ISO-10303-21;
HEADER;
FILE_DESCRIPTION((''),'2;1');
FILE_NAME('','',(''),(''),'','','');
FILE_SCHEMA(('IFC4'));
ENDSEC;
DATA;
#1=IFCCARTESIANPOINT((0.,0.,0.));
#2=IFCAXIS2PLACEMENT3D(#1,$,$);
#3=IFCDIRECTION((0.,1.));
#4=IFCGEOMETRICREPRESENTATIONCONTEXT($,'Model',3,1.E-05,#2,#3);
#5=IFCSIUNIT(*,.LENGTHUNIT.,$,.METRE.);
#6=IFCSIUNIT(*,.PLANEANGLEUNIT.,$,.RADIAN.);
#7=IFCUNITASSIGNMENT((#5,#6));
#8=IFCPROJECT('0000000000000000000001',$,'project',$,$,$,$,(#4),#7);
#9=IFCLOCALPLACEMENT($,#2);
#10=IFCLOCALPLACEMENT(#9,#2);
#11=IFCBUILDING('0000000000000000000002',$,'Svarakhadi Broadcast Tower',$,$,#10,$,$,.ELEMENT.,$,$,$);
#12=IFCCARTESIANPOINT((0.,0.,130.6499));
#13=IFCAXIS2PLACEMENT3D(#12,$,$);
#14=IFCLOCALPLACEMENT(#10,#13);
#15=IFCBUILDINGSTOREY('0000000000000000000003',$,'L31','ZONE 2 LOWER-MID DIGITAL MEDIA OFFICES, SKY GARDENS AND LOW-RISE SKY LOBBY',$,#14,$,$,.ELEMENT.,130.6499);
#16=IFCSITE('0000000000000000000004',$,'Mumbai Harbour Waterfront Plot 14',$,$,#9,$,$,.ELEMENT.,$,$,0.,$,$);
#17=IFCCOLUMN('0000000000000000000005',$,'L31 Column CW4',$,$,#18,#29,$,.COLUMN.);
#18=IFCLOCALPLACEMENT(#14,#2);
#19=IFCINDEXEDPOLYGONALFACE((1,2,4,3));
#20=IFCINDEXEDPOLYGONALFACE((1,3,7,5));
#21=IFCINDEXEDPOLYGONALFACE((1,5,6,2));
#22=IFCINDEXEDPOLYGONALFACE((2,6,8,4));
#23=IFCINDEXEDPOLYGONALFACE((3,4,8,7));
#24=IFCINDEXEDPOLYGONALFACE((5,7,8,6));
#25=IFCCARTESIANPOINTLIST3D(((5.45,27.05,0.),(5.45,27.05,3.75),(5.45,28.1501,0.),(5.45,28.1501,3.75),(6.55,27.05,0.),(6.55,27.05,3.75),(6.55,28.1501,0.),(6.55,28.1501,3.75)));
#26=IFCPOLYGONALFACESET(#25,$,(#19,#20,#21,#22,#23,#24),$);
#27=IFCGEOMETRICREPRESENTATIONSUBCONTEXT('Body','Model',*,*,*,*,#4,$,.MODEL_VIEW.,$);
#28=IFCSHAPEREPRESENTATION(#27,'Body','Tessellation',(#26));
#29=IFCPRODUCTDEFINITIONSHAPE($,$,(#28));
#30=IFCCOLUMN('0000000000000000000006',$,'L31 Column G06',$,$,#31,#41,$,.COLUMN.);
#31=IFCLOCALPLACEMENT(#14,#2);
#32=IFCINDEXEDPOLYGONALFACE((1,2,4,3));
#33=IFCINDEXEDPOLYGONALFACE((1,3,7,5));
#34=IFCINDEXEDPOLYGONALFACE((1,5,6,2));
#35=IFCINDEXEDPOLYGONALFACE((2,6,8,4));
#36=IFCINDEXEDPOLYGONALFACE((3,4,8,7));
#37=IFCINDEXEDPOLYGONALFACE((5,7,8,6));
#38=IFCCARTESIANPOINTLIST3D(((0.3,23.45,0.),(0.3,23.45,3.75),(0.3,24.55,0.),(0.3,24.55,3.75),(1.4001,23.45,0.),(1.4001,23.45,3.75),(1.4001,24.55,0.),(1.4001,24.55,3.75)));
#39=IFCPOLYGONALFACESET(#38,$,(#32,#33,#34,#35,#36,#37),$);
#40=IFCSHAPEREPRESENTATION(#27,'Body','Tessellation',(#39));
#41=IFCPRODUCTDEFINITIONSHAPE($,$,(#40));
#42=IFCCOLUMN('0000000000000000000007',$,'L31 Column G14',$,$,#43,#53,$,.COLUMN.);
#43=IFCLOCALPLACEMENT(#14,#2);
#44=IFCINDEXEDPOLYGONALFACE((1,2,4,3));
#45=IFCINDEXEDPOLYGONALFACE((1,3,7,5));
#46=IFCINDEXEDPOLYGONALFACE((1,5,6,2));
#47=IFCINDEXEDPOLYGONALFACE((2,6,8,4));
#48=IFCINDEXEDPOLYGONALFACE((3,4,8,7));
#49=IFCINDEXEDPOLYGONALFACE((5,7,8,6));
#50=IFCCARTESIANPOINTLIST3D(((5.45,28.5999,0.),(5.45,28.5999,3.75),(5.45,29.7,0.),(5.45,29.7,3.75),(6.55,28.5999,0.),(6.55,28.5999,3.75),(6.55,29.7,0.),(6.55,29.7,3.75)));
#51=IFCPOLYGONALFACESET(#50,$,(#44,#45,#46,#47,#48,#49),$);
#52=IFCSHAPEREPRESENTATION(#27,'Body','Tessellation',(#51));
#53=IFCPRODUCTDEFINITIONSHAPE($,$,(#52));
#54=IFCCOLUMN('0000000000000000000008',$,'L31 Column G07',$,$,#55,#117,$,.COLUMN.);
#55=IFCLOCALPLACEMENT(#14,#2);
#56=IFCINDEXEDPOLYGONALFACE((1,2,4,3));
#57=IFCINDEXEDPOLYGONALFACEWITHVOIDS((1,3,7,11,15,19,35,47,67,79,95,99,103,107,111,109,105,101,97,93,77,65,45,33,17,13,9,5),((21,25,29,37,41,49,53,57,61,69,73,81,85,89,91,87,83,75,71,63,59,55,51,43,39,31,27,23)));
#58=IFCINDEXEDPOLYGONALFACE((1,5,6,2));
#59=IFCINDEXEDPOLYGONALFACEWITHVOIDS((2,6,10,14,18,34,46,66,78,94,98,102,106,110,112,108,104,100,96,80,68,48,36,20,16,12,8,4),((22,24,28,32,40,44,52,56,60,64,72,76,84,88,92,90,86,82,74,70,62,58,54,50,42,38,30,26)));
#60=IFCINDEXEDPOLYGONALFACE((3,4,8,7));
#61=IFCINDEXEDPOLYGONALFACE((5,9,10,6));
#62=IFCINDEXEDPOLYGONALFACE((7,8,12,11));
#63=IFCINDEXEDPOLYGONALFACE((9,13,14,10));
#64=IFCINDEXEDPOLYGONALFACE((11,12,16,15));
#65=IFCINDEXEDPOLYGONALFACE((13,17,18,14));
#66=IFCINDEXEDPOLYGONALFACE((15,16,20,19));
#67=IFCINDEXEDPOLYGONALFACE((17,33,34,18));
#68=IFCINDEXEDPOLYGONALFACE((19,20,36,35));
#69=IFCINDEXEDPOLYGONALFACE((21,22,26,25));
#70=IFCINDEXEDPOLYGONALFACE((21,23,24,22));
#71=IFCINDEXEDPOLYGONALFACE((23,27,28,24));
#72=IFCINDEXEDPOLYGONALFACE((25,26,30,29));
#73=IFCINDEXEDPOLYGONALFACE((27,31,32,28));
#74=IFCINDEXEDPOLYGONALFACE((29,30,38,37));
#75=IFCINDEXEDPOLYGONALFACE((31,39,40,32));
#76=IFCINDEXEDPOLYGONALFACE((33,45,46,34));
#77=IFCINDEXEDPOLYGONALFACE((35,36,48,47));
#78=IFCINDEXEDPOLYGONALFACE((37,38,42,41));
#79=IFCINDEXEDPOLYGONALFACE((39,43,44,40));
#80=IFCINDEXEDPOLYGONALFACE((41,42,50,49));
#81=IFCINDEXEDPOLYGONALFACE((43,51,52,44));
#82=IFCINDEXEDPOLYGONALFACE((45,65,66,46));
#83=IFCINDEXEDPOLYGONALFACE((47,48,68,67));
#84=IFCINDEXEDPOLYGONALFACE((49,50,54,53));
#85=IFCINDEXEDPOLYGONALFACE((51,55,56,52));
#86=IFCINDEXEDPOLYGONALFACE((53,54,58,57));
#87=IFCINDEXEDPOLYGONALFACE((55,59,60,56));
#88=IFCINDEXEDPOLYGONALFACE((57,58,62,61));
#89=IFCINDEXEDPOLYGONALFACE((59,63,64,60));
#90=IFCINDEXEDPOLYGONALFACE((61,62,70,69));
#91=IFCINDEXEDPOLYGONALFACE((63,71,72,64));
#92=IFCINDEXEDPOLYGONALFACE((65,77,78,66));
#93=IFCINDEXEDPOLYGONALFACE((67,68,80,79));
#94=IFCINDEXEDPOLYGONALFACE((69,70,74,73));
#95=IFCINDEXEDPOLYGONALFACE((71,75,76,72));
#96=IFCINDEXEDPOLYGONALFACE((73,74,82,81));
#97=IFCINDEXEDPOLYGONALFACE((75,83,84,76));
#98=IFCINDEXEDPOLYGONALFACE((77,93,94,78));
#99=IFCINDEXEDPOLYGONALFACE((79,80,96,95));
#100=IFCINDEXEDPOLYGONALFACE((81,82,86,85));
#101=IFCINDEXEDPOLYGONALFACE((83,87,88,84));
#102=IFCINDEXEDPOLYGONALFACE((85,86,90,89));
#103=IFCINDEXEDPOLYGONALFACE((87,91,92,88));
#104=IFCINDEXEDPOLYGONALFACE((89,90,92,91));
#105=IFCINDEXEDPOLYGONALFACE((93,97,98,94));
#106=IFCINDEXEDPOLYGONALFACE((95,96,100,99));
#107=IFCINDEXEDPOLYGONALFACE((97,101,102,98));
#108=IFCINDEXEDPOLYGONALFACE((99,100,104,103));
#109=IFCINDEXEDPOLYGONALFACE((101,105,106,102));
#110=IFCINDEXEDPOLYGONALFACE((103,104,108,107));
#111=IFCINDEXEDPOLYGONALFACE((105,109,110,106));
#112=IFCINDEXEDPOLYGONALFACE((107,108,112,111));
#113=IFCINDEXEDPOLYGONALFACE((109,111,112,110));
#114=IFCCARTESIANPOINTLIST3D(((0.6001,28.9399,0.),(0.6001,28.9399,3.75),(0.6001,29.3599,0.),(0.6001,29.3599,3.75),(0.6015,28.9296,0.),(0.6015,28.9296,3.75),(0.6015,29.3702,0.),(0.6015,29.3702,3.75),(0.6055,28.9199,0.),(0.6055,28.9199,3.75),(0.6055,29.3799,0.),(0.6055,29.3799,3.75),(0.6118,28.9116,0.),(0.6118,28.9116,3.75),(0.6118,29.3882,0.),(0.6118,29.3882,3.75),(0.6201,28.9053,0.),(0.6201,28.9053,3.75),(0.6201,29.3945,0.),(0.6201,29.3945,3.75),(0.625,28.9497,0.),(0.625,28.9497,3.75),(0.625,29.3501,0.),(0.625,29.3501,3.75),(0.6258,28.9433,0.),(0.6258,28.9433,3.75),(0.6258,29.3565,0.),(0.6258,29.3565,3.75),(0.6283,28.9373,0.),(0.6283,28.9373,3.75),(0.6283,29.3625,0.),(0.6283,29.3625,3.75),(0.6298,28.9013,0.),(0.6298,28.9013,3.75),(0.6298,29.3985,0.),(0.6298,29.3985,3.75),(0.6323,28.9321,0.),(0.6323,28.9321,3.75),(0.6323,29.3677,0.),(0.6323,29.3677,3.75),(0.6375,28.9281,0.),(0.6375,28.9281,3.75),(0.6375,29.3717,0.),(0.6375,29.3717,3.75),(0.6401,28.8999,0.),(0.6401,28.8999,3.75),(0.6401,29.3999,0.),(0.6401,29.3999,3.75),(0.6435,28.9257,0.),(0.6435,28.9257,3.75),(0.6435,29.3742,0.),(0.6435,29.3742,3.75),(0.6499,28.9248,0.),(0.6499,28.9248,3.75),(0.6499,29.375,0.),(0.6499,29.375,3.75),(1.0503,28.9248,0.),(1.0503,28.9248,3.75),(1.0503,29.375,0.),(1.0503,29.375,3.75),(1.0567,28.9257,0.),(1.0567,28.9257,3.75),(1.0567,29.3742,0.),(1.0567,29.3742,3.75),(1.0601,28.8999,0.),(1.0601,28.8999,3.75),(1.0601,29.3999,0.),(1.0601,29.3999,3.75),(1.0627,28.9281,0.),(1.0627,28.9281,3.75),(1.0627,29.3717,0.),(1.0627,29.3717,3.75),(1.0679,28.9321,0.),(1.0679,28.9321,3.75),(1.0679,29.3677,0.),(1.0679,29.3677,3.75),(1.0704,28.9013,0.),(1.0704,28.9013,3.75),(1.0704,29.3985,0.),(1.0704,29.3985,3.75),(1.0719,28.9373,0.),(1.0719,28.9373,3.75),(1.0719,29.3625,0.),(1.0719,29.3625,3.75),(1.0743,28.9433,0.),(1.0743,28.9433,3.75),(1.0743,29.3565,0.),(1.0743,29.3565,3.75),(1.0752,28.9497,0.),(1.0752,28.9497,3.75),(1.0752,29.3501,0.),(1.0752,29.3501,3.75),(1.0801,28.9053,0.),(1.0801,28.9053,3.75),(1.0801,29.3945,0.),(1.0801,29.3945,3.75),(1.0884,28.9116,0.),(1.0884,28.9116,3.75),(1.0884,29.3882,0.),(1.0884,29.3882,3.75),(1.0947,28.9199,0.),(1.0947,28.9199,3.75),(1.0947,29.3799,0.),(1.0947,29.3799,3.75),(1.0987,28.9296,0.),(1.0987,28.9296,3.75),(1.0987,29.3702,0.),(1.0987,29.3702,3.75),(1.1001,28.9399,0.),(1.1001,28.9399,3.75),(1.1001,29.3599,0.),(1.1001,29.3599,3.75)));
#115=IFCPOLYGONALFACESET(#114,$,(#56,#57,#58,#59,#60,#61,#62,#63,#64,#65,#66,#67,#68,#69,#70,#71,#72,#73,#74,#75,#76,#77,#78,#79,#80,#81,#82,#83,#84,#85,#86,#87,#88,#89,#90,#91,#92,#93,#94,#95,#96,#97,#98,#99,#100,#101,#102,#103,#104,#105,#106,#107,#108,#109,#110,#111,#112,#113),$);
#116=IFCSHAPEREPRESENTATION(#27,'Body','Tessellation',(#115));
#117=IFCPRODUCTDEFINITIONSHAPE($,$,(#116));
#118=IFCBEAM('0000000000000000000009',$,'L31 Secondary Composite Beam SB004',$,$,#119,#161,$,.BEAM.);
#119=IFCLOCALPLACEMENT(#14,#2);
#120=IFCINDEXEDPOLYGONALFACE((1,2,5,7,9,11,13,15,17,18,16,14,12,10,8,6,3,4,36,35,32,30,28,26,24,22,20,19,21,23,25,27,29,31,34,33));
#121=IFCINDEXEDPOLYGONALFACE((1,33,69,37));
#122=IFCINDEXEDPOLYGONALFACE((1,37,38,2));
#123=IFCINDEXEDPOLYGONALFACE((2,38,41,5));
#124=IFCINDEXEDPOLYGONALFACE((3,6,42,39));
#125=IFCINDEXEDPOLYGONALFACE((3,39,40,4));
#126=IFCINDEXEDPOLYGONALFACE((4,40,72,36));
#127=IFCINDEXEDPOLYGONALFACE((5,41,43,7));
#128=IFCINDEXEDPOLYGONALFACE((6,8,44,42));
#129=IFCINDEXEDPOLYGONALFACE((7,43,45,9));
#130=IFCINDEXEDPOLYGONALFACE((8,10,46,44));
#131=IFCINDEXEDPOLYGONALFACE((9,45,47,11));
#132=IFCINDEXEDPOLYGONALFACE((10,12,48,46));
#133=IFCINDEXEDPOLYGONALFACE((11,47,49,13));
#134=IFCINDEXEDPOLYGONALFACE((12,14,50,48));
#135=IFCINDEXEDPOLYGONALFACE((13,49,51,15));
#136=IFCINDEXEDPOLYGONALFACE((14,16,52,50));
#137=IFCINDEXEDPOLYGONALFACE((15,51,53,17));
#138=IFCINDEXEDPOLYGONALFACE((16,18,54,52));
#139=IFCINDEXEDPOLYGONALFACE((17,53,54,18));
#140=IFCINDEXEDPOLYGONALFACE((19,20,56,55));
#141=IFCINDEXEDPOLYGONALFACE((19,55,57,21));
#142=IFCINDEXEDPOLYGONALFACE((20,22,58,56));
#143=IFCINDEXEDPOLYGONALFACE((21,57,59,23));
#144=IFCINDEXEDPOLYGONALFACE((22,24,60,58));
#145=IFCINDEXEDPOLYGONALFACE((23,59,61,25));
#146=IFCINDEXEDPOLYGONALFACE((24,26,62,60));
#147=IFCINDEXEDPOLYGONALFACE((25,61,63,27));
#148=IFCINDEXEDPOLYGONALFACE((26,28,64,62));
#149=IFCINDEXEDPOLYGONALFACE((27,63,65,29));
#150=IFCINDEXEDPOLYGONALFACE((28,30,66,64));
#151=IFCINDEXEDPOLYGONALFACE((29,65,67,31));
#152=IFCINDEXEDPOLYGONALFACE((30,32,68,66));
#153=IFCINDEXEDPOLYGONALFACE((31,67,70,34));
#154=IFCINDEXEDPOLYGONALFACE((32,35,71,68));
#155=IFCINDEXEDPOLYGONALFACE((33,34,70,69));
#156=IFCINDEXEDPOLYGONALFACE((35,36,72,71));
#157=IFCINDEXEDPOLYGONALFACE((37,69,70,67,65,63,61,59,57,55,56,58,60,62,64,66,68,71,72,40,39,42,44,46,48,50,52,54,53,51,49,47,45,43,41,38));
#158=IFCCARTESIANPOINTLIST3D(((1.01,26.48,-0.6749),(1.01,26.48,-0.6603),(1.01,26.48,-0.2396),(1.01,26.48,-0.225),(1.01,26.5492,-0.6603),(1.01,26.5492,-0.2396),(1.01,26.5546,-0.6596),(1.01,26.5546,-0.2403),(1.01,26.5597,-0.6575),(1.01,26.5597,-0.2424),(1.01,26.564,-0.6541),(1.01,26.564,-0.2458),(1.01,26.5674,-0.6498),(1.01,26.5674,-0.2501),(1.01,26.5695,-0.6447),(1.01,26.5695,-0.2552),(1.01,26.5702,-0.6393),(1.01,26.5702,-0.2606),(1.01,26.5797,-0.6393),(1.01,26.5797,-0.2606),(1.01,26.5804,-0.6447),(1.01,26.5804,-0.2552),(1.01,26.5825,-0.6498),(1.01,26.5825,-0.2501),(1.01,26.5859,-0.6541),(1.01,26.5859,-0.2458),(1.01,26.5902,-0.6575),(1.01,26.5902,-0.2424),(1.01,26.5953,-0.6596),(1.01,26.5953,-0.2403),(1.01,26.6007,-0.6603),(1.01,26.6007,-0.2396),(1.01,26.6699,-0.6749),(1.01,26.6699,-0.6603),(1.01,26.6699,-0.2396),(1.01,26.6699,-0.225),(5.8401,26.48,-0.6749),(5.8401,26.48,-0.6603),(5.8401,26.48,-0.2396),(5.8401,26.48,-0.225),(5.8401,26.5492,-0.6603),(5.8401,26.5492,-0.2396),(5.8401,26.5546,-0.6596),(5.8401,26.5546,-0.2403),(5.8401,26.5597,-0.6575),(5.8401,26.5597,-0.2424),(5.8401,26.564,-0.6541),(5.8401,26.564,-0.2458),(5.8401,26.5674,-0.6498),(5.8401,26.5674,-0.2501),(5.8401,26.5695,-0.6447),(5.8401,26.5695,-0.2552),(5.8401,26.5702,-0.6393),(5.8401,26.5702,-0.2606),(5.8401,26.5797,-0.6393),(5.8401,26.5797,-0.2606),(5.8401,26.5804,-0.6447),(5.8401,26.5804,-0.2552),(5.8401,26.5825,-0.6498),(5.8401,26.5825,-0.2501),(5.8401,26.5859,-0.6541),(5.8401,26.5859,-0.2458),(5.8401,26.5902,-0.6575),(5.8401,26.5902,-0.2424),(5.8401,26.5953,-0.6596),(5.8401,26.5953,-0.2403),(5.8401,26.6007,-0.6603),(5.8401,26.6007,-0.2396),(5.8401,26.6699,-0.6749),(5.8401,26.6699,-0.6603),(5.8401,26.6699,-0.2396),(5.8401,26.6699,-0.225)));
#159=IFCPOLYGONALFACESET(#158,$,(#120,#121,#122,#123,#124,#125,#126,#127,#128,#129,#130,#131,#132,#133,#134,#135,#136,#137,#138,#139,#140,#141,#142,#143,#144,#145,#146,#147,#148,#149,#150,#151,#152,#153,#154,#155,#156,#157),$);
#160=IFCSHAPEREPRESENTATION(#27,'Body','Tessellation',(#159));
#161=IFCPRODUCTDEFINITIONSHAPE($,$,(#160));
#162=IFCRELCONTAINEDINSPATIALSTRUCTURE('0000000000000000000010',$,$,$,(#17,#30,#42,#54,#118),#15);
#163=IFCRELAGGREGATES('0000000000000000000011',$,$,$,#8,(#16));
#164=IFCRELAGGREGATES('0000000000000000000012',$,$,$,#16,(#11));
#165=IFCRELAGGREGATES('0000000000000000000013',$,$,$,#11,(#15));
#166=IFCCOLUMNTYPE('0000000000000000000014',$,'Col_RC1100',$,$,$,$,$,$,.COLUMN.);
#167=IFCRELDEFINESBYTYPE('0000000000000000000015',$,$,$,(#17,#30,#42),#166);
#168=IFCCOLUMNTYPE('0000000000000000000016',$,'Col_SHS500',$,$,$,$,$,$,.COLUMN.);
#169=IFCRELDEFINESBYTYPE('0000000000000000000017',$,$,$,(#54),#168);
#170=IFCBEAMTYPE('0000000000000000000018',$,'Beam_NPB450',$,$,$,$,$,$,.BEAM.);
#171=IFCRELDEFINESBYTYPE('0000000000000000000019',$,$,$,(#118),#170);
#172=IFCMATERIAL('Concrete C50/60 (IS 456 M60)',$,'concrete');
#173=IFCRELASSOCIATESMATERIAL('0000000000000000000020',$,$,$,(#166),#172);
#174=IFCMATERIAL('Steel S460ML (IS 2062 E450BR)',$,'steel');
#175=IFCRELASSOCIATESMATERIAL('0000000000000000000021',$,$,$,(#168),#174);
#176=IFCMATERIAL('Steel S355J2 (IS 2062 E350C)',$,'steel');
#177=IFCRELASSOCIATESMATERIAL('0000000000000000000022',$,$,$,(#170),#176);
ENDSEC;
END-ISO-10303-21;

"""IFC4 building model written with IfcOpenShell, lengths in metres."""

from ifc_helpers import new_model, si_unit, direction, frame, origin, origin_2d, place, context, subcontext, project, spatial, rectangle, hollow_rectangle, i_section, extrude, material, material_profile, profile_set, type_object, element, save


model = new_model("IFC4")

# Units and contexts
model_context = context("Model", 3, precision=1e-05, world=origin(), true_north=direction((0.0, 1.0)))
body_context = subcontext(model_context, "Body", "Model", "MODEL_VIEW")
ifc_project = project(units=[si_unit("LENGTHUNIT", "METRE"), si_unit("PLANEANGLEUNIT", "RADIAN")], contexts=[model_context])

# Site, building, storey
site_placement = place(None, origin())
site = spatial("IfcSite", under=ifc_project, at=site_placement, Name="Mumbai Harbour Waterfront Plot 14", CompositionType="ELEMENT", RefElevation=0.0)
building_placement = place(site_placement, origin())
building = spatial("IfcBuilding", under=site, at=building_placement, Name="Svarakhadi Broadcast Tower", CompositionType="ELEMENT")
storey_placement = place(building_placement, frame((0.0, 0.0, 130.6499)))
storey = spatial("IfcBuildingStorey", under=building, at=storey_placement, Name="L31", Description="ZONE 2 LOWER-MID DIGITAL MEDIA OFFICES, SKY GARDENS AND LOW-RISE SKY LOBBY", CompositionType="ELEMENT", Elevation=130.6499)

# Columns
ifc_material_1 = material(Name="Concrete C50/60 (IS 456 M60)", Category="concrete")
ifc_material_profile_1 = material_profile(ifc_material_1, rectangle(XDim=1.1001, YDim=1.1001, at=origin_2d()), Name="RC 1100x1100")
ifc_profile_set_1 = profile_set([ifc_material_profile_1], Name="Concrete C50/60 (IS 456 M60)")
column_type_1 = type_object("IfcColumnType", Name="Col_RC1100", PredefinedType="COLUMN", material=ifc_profile_set_1)
for number, where, z_axis, x_axis, name in (
    (1, (6.0, 27.6001, 0.0), (0.0, 0.0, 1.0), (1.0, 0.0, 0.0), "L31 Column CW4"),
    (2, (0.8501, 24.0, 0.0), (0.0, 0.0, 1.0), (1.0, 0.0, 0.0), "L31 Column G06"),
    (3, (6.0, 29.1499, 0.0), (0.0, 0.0, 1.0), (1.0, 0.0, 0.0), "L31 Column G14"),
):
    element("IfcColumn", number, at=place(storey_placement, frame(where, z_axis=z_axis, x_axis=x_axis)), inside=storey, type_object=column_type_1, Name=name, PredefinedType="COLUMN", context=body_context, shape_type="SweptSolid", body=[
        extrude(rectangle(XDim=1.1001, YDim=1.1001, at=origin_2d()), origin(), (0.0, 0.0, 1.0), 3.75),
    ])
ifc_material_2 = material(Name="Steel S460ML (IS 2062 E450BR)", Category="steel")
ifc_material_profile_2 = material_profile(ifc_material_2, hollow_rectangle(XDim=0.5, YDim=0.5, WallThickness=0.0249, InnerFilletRadius=0.0249, OuterFilletRadius=0.04, at=origin_2d()), Name="SHS 500x500x25")
ifc_profile_set_2 = profile_set([ifc_material_profile_2], Name="Steel S460ML (IS 2062 E450BR)")
column_type_2 = type_object("IfcColumnType", Name="Col_SHS500", PredefinedType="COLUMN", material=ifc_profile_set_2)
column_placement = place(storey_placement, frame((0.8501, 29.1499, 0.0), z_axis=(0.0, 0.0, 1.0), x_axis=(1.0, 0.0, 0.0)))
element("IfcColumn", 4, at=column_placement, inside=storey, type_object=column_type_2, Name="L31 Column G07", PredefinedType="COLUMN", context=body_context, shape_type="SweptSolid", body=[
    extrude(hollow_rectangle(XDim=0.5, YDim=0.5, WallThickness=0.0249, InnerFilletRadius=0.0249, OuterFilletRadius=0.04, at=origin_2d()), origin(), (0.0, 0.0, 1.0), 3.75),
])

# Beam
ifc_material_3 = material(Name="Steel S355J2 (IS 2062 E350C)", Category="steel")
ifc_material_profile_3 = material_profile(ifc_material_3, i_section(OverallWidth=0.1899, OverallDepth=0.45, WebThickness=0.0095, FlangeThickness=0.0146, FilletRadius=0.021, at=origin_2d()), Name="NPB 450x190x78")
ifc_profile_set_3 = profile_set([ifc_material_profile_3], Name="Steel S355J2 (IS 2062 E350C)")
beam_type_1 = type_object("IfcBeamType", Name="Beam_NPB450", PredefinedType="BEAM", material=ifc_profile_set_3)
for number, where, z_axis, x_axis, name in (
    (5, (1.01, 26.575, -0.45), (1.0, 0.0, 0.0), (0.0, 1.0, 0.0), "L31 Secondary Composite Beam SB004"),
):
    element("IfcBeam", number, at=place(storey_placement, frame(where, z_axis=z_axis, x_axis=x_axis)), inside=storey, type_object=beam_type_1, Name=name, PredefinedType="BEAM", context=body_context, shape_type="SweptSolid", body=[
        extrude(i_section(OverallWidth=0.1899, OverallDepth=0.45, WebThickness=0.0095, FlangeThickness=0.0146, FilletRadius=0.021, at=origin_2d()), origin(), (0.0, 0.0, 1.0), 4.8301),
    ])

save(model, "model.ifc")
